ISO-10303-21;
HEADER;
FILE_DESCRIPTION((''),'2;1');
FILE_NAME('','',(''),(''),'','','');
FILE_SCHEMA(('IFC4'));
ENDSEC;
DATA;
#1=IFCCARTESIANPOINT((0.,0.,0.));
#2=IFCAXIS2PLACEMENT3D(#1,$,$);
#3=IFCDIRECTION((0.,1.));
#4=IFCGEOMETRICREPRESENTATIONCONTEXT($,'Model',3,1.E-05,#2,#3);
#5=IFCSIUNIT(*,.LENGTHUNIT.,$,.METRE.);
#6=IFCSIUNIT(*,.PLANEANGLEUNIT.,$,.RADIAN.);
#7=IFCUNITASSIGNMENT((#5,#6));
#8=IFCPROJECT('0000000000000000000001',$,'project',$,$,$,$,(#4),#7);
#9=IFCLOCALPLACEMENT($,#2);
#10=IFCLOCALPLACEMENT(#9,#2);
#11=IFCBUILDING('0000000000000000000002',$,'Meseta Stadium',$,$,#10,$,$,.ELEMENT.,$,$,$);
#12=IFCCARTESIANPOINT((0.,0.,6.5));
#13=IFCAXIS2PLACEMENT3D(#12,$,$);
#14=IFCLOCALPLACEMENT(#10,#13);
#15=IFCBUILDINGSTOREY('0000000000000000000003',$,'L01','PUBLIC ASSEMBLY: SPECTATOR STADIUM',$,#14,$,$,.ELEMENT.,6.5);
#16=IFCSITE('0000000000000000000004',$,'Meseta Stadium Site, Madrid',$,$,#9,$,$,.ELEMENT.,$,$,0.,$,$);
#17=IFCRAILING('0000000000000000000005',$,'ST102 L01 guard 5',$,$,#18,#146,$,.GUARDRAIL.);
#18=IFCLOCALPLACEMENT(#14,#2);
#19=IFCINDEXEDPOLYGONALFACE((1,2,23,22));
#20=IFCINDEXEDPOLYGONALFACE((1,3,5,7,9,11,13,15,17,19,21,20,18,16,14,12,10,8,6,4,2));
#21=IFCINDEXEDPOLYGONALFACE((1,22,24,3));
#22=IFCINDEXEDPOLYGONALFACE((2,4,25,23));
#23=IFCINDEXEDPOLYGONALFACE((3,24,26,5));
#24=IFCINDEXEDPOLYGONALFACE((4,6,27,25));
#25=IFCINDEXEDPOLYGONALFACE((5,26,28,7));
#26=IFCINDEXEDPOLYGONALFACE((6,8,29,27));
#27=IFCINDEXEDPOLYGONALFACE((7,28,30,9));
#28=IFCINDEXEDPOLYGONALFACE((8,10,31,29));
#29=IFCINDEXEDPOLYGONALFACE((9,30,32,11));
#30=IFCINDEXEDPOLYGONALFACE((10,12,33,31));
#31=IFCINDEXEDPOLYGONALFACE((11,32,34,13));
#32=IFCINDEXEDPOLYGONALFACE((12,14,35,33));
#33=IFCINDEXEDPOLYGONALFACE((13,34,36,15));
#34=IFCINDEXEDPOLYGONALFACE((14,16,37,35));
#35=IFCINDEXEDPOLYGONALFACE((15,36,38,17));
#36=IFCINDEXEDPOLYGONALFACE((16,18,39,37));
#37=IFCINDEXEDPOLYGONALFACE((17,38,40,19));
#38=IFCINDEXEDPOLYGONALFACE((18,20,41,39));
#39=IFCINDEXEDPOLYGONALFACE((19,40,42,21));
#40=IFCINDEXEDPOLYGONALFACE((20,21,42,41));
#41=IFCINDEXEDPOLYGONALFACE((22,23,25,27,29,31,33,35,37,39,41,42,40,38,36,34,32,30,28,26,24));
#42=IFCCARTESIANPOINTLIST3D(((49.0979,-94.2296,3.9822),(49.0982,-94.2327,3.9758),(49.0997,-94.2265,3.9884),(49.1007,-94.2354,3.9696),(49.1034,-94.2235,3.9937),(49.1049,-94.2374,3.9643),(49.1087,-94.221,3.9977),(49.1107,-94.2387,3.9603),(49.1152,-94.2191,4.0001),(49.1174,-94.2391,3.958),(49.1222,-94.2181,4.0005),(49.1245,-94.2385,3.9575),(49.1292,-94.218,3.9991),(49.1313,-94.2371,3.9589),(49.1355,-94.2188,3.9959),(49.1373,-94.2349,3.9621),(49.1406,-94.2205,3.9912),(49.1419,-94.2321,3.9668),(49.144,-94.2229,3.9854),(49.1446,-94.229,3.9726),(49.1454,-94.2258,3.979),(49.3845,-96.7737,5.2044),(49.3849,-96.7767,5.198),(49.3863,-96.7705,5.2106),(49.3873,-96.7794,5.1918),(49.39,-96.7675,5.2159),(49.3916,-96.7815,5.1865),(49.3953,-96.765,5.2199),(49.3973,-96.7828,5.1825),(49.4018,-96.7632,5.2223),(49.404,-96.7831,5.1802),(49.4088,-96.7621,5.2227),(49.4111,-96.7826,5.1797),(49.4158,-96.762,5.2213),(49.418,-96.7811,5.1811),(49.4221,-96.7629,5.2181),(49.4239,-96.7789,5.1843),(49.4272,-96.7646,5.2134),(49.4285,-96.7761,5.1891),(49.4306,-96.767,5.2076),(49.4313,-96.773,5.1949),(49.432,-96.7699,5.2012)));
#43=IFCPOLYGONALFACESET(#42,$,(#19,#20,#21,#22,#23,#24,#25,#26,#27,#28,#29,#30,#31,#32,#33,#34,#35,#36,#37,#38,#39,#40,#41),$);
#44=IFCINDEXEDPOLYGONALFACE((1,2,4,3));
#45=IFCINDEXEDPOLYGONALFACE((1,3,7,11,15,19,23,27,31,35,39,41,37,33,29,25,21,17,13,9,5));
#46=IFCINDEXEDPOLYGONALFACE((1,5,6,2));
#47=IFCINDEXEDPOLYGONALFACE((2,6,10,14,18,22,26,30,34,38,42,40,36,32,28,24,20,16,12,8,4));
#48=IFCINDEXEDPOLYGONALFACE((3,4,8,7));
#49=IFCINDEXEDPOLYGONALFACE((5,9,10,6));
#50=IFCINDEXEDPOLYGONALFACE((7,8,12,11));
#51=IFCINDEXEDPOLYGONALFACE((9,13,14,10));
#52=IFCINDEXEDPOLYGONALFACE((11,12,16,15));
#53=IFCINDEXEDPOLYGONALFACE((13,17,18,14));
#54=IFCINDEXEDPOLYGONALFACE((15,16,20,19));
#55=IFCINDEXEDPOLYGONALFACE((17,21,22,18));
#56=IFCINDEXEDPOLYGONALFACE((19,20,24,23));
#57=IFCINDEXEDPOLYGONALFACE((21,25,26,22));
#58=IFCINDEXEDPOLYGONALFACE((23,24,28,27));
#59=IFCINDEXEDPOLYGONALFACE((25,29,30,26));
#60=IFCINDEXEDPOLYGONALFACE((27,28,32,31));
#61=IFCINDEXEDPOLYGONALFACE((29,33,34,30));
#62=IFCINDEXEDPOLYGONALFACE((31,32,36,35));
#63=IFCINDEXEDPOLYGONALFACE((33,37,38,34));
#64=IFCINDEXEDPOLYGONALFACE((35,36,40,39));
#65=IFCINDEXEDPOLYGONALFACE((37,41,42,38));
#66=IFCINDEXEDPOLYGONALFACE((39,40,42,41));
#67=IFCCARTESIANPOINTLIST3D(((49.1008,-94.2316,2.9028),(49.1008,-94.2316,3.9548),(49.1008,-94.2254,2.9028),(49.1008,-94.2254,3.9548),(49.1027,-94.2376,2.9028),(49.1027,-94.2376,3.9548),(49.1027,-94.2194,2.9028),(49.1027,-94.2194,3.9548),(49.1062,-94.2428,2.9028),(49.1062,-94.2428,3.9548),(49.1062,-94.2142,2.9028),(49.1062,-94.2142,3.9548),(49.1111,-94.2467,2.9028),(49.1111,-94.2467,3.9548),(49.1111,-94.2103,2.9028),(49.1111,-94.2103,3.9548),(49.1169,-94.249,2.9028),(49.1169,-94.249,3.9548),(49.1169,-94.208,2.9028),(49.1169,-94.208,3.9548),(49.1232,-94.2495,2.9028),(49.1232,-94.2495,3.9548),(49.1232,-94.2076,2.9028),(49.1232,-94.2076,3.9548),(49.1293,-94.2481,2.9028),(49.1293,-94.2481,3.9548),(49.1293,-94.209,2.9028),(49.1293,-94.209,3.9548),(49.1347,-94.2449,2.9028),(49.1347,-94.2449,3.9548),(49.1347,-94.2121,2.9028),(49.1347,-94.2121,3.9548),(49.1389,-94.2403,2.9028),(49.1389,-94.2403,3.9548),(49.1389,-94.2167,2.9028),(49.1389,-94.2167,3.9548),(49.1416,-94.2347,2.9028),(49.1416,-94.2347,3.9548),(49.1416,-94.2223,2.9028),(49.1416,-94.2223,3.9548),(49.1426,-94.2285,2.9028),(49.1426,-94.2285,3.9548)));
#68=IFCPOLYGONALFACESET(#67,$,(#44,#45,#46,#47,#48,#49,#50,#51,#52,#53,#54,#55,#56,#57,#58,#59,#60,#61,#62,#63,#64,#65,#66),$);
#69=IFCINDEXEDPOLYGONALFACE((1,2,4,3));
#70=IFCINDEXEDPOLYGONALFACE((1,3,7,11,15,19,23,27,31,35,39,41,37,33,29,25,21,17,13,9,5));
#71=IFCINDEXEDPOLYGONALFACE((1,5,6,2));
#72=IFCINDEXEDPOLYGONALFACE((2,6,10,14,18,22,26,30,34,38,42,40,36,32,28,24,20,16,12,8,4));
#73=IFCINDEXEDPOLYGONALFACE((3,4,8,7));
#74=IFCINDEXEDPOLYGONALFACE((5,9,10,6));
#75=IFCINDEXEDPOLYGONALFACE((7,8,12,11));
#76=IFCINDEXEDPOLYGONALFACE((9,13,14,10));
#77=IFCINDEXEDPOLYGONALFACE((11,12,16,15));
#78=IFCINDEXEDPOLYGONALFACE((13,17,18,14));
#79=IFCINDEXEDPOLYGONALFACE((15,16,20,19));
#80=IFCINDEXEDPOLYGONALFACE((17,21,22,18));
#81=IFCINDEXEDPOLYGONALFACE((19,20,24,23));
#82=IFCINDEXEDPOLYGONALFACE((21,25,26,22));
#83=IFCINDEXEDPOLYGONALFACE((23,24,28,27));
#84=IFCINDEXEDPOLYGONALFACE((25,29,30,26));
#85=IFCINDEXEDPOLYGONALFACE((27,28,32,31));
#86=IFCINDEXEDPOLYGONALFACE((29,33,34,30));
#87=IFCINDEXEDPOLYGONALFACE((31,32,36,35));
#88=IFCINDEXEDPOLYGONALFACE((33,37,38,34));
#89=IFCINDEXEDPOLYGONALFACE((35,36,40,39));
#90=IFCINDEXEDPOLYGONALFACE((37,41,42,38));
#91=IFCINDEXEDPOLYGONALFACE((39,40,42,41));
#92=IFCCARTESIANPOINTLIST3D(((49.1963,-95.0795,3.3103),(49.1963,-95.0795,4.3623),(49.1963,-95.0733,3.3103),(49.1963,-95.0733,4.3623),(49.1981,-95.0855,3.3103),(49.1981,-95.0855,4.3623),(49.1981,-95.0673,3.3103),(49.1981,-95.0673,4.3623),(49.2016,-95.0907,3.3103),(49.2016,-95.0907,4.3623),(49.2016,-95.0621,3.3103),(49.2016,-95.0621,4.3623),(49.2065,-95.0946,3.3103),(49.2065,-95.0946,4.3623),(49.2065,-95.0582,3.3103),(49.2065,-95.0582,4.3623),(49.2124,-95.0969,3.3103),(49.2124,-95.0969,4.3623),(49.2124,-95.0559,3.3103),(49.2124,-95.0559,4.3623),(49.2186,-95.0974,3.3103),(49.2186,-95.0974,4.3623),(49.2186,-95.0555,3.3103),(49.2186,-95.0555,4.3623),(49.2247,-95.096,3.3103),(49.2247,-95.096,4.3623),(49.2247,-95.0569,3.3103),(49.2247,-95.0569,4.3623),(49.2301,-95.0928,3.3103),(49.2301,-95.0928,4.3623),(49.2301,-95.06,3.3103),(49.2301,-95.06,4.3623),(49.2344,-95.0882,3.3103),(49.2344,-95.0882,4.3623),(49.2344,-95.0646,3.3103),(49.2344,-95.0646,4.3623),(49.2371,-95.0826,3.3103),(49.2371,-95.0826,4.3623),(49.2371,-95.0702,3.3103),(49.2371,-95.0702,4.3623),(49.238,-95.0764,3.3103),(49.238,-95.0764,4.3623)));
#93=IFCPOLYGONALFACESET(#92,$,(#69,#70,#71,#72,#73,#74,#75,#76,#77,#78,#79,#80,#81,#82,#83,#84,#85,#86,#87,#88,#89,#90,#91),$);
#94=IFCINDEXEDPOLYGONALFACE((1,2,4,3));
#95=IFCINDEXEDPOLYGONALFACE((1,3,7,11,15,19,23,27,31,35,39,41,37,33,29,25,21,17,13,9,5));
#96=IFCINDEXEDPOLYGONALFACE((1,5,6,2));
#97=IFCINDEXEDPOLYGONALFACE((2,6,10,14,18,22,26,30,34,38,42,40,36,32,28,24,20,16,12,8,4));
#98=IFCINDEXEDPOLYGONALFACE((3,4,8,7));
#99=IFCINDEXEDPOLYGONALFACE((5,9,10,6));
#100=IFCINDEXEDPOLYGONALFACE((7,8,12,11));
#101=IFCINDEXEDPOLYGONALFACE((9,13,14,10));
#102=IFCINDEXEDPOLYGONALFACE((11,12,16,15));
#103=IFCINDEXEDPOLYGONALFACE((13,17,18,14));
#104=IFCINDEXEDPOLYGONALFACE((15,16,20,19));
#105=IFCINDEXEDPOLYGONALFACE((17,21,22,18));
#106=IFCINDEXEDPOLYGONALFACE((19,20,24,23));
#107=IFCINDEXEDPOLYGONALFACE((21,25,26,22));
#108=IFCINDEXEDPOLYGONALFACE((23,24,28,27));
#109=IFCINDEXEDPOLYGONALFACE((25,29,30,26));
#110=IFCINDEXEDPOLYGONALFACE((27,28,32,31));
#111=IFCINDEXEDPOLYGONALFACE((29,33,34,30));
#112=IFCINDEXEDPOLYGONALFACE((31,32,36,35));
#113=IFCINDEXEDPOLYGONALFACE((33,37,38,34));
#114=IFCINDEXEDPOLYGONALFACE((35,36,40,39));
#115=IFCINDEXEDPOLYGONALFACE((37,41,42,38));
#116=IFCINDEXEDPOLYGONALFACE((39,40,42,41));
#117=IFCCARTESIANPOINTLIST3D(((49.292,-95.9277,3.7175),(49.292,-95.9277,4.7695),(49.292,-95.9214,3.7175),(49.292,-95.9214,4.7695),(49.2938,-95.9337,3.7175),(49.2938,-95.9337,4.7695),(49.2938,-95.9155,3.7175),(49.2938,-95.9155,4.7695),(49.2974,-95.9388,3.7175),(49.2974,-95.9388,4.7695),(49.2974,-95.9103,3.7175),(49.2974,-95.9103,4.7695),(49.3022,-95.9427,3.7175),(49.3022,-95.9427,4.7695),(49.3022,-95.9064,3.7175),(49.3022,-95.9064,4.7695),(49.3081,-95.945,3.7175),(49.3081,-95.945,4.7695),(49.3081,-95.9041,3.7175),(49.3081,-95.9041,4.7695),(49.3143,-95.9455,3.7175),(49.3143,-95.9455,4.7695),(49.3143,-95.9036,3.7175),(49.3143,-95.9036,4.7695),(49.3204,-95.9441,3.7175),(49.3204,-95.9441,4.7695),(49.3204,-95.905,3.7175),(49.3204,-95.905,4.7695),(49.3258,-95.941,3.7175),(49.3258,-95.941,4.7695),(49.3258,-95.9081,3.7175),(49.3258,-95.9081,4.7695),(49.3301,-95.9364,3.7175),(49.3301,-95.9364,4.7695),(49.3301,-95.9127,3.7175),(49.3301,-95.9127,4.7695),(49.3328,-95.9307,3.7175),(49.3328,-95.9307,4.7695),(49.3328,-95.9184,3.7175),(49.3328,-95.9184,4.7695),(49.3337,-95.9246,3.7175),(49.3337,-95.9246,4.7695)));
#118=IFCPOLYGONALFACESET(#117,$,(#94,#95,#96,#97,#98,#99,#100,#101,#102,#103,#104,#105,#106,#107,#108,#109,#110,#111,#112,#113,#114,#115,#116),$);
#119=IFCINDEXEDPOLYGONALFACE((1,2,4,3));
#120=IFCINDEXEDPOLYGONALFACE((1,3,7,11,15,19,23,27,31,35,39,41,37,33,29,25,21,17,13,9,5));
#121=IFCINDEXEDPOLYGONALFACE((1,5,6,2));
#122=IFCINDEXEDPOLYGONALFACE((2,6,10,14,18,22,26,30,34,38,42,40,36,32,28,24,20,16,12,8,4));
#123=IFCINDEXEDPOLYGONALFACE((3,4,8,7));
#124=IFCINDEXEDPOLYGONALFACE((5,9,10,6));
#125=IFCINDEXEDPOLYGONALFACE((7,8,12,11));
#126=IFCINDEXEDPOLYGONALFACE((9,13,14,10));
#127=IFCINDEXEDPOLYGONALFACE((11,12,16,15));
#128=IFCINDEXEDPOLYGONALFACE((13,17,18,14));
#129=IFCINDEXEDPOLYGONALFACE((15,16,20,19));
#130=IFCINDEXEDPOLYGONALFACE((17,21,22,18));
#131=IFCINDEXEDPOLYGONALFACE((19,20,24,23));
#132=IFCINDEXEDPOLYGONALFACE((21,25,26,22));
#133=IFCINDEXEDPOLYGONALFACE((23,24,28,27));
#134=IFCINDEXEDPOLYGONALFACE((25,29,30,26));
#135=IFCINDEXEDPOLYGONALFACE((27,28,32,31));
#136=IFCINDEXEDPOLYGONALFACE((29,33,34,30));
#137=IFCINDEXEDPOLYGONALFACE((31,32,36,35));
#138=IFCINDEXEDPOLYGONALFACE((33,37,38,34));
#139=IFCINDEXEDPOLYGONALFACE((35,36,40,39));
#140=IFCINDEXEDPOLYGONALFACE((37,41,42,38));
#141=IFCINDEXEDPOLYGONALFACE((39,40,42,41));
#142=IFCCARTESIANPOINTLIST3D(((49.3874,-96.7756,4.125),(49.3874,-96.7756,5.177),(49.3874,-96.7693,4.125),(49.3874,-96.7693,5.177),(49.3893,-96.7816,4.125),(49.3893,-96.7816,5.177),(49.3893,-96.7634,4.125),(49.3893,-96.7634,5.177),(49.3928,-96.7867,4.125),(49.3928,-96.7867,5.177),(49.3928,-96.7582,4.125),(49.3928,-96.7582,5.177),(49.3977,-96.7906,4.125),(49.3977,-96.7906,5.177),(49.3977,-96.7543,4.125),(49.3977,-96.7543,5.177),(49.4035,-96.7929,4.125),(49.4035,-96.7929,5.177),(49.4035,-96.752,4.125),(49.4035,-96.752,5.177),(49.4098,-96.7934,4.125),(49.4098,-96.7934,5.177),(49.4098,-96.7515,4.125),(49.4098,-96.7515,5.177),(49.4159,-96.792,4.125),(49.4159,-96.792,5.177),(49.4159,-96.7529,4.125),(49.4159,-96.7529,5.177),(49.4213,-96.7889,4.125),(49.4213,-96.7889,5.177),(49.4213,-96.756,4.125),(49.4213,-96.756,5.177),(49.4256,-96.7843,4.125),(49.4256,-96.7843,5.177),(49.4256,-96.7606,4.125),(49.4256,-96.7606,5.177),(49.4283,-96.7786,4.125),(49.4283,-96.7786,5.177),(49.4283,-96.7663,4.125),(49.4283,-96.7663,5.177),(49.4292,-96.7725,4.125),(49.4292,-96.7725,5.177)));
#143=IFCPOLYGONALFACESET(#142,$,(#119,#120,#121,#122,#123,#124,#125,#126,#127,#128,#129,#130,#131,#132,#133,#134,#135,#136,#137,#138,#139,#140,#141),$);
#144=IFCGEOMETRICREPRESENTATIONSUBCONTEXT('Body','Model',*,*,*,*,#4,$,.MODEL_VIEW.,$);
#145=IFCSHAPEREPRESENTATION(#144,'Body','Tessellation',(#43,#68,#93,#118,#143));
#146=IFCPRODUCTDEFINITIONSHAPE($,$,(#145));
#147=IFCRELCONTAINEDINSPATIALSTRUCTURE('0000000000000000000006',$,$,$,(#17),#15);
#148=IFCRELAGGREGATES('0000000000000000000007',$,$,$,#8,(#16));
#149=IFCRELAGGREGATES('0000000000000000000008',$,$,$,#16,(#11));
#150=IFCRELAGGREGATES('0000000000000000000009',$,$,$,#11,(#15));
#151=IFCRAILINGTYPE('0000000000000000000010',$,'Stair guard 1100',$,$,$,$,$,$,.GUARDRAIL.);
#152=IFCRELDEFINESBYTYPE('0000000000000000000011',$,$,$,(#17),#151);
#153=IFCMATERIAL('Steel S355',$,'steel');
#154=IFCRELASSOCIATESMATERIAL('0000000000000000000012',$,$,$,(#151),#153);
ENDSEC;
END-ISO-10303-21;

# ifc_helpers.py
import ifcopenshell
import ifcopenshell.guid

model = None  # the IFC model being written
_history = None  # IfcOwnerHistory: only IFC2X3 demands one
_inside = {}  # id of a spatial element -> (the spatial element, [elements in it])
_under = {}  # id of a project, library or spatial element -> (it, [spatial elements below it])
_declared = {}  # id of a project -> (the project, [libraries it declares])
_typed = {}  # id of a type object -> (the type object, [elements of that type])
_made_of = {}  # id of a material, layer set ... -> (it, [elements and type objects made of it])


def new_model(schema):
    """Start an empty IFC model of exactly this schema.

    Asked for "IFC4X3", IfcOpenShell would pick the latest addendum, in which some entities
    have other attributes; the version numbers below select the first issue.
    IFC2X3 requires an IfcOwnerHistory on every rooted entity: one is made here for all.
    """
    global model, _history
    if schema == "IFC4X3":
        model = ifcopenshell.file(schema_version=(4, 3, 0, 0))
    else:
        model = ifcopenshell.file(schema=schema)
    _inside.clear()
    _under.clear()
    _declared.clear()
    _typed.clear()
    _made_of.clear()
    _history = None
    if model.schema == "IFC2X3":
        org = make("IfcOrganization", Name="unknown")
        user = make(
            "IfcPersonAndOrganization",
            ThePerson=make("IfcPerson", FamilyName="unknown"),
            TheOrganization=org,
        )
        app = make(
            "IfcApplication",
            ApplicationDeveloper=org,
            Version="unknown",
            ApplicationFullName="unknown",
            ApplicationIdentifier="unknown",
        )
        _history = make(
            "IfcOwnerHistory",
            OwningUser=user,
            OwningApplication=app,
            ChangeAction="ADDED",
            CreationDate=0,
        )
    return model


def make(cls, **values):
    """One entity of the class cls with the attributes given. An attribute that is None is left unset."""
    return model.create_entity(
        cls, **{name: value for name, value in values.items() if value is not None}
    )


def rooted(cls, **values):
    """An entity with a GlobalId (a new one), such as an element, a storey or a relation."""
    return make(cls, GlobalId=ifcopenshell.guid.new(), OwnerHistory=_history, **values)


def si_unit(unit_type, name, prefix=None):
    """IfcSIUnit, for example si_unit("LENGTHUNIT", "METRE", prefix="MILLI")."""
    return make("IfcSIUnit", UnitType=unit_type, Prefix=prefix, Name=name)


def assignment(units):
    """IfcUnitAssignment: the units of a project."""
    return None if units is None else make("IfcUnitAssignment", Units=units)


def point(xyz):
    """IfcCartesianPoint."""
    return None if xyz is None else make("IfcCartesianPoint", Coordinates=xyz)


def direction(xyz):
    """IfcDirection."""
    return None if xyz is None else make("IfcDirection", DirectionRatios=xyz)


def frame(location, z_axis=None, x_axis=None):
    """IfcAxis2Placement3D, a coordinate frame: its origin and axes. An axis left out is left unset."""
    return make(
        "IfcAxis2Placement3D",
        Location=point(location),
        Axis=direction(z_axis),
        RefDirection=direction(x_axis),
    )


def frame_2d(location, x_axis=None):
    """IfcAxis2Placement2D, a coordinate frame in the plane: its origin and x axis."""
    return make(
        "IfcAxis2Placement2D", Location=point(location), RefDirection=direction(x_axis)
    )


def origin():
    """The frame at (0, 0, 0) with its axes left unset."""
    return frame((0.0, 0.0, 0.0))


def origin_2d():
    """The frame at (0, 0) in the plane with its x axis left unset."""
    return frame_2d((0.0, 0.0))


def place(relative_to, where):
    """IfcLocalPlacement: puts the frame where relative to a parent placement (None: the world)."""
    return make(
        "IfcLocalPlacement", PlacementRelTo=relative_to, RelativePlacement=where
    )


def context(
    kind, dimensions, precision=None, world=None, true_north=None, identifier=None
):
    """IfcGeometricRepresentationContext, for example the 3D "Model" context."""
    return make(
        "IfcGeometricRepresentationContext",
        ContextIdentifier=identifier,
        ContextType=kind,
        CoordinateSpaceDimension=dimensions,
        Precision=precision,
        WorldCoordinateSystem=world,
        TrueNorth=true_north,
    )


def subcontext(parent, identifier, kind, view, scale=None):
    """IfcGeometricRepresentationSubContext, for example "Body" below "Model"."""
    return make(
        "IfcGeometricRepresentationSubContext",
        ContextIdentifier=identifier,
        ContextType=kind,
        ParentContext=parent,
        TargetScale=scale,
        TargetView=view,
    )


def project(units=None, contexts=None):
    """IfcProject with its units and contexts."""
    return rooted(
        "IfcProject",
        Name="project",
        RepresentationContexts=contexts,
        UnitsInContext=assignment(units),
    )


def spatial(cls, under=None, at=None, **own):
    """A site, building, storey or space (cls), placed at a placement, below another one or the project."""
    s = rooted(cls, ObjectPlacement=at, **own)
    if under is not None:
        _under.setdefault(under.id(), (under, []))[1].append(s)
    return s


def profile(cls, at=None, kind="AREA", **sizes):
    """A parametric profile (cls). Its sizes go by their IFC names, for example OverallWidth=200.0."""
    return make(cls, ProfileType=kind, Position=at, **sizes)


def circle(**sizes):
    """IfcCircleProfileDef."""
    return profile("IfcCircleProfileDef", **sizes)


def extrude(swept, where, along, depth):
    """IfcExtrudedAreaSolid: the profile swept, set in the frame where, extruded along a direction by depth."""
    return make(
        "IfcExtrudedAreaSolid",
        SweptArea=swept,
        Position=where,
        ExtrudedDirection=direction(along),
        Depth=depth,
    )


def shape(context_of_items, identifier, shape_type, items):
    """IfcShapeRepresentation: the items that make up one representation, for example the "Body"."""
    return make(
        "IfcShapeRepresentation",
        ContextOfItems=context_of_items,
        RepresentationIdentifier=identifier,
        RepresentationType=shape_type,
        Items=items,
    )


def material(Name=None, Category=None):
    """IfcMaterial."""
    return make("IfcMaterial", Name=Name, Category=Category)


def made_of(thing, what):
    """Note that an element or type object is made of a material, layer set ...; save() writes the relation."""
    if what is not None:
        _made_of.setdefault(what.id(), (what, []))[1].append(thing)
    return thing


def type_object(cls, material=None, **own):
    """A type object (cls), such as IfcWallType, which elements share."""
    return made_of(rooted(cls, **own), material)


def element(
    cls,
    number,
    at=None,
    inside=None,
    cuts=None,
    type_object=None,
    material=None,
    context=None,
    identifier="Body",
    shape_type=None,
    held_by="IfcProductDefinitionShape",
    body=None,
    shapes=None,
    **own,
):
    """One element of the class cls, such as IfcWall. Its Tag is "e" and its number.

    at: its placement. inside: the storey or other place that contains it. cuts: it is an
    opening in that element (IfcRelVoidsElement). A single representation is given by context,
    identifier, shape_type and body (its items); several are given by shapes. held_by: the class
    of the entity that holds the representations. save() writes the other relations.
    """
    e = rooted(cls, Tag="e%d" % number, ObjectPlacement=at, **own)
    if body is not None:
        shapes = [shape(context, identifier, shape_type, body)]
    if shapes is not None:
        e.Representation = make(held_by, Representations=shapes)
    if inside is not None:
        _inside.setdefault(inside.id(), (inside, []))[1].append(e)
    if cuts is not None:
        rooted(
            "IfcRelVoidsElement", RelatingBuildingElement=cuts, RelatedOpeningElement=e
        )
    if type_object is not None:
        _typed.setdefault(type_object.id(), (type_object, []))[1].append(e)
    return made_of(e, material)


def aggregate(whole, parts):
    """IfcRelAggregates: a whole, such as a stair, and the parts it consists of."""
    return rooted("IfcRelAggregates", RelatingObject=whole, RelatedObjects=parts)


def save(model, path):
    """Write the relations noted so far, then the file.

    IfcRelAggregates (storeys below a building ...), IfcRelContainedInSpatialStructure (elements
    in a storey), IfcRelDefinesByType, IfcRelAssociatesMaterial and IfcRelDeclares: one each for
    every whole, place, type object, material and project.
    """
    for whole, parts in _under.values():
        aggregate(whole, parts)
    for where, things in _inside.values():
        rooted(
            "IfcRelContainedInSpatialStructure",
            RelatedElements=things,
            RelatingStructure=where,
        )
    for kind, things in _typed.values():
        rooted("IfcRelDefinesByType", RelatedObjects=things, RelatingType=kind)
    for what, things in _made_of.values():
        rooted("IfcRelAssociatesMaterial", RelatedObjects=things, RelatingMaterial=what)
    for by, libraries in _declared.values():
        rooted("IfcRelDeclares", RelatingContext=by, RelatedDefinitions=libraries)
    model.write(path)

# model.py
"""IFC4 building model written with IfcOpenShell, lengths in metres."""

from ifc_helpers import new_model, si_unit, direction, frame, origin, origin_2d, place, context, subcontext, project, spatial, circle, extrude, material, type_object, element, save


model = new_model("IFC4")

# Units and contexts
model_context = context("Model", 3, precision=1e-05, world=origin(), true_north=direction((0.0, 1.0)))
body_context = subcontext(model_context, "Body", "Model", "MODEL_VIEW")
ifc_project = project(units=[si_unit("LENGTHUNIT", "METRE"), si_unit("PLANEANGLEUNIT", "RADIAN")], contexts=[model_context])

# Site, building, storey
site_placement = place(None, origin())
site = spatial("IfcSite", under=ifc_project, at=site_placement, Name="Meseta Stadium Site, Madrid", CompositionType="ELEMENT", RefElevation=0.0)
building_placement = place(site_placement, origin())
building = spatial("IfcBuilding", under=site, at=building_placement, Name="Meseta Stadium", CompositionType="ELEMENT")
storey_placement = place(building_placement, frame((0.0, 0.0, 6.5)))
storey = spatial("IfcBuildingStorey", under=building, at=storey_placement, Name="L01", Description="PUBLIC ASSEMBLY: SPECTATOR STADIUM", CompositionType="ELEMENT", Elevation=6.5)

# Railing
ifc_material_1 = material(Name="Steel S355", Category="steel")
railing_type = type_object("IfcRailingType", Name="Stair guard 1100", PredefinedType="GUARDRAIL", material=ifc_material_1)
railing_1_placement = place(storey_placement, frame((49.1216, -94.2285, 2.9028)))
element("IfcRailing", 1, at=railing_1_placement, inside=storey, type_object=railing_type, Name="ST102 L01 guard 5", PredefinedType="GUARDRAIL", context=body_context, shape_type="SweptSolid", body=[
    extrude(circle(Radius=0.0239, at=origin_2d()), frame((0.0, 0.0, 1.0762), z_axis=(0.101036, -0.896762, 0.430824), x_axis=(0.993713, 0.11196, 0.0)), (0.0, 0.0, 1.0), 2.8369),
    extrude(circle(Radius=0.021, at=origin_2d()), origin(), (0.0, 0.0, 1.0), 1.052),
    extrude(circle(Radius=0.021, at=origin_2d()), frame((0.0955, -0.8479, 0.4075)), (0.0, 0.0, 1.0), 1.052),
    extrude(circle(Radius=0.021, at=origin_2d()), frame((0.1912, -1.696, 0.8147)), (0.0, 0.0, 1.0), 1.052),
    extrude(circle(Radius=0.021, at=origin_2d()), frame((0.2866, -2.5439, 1.2222)), (0.0, 0.0, 1.0), 1.052),
])

save(model, "model.ifc")
